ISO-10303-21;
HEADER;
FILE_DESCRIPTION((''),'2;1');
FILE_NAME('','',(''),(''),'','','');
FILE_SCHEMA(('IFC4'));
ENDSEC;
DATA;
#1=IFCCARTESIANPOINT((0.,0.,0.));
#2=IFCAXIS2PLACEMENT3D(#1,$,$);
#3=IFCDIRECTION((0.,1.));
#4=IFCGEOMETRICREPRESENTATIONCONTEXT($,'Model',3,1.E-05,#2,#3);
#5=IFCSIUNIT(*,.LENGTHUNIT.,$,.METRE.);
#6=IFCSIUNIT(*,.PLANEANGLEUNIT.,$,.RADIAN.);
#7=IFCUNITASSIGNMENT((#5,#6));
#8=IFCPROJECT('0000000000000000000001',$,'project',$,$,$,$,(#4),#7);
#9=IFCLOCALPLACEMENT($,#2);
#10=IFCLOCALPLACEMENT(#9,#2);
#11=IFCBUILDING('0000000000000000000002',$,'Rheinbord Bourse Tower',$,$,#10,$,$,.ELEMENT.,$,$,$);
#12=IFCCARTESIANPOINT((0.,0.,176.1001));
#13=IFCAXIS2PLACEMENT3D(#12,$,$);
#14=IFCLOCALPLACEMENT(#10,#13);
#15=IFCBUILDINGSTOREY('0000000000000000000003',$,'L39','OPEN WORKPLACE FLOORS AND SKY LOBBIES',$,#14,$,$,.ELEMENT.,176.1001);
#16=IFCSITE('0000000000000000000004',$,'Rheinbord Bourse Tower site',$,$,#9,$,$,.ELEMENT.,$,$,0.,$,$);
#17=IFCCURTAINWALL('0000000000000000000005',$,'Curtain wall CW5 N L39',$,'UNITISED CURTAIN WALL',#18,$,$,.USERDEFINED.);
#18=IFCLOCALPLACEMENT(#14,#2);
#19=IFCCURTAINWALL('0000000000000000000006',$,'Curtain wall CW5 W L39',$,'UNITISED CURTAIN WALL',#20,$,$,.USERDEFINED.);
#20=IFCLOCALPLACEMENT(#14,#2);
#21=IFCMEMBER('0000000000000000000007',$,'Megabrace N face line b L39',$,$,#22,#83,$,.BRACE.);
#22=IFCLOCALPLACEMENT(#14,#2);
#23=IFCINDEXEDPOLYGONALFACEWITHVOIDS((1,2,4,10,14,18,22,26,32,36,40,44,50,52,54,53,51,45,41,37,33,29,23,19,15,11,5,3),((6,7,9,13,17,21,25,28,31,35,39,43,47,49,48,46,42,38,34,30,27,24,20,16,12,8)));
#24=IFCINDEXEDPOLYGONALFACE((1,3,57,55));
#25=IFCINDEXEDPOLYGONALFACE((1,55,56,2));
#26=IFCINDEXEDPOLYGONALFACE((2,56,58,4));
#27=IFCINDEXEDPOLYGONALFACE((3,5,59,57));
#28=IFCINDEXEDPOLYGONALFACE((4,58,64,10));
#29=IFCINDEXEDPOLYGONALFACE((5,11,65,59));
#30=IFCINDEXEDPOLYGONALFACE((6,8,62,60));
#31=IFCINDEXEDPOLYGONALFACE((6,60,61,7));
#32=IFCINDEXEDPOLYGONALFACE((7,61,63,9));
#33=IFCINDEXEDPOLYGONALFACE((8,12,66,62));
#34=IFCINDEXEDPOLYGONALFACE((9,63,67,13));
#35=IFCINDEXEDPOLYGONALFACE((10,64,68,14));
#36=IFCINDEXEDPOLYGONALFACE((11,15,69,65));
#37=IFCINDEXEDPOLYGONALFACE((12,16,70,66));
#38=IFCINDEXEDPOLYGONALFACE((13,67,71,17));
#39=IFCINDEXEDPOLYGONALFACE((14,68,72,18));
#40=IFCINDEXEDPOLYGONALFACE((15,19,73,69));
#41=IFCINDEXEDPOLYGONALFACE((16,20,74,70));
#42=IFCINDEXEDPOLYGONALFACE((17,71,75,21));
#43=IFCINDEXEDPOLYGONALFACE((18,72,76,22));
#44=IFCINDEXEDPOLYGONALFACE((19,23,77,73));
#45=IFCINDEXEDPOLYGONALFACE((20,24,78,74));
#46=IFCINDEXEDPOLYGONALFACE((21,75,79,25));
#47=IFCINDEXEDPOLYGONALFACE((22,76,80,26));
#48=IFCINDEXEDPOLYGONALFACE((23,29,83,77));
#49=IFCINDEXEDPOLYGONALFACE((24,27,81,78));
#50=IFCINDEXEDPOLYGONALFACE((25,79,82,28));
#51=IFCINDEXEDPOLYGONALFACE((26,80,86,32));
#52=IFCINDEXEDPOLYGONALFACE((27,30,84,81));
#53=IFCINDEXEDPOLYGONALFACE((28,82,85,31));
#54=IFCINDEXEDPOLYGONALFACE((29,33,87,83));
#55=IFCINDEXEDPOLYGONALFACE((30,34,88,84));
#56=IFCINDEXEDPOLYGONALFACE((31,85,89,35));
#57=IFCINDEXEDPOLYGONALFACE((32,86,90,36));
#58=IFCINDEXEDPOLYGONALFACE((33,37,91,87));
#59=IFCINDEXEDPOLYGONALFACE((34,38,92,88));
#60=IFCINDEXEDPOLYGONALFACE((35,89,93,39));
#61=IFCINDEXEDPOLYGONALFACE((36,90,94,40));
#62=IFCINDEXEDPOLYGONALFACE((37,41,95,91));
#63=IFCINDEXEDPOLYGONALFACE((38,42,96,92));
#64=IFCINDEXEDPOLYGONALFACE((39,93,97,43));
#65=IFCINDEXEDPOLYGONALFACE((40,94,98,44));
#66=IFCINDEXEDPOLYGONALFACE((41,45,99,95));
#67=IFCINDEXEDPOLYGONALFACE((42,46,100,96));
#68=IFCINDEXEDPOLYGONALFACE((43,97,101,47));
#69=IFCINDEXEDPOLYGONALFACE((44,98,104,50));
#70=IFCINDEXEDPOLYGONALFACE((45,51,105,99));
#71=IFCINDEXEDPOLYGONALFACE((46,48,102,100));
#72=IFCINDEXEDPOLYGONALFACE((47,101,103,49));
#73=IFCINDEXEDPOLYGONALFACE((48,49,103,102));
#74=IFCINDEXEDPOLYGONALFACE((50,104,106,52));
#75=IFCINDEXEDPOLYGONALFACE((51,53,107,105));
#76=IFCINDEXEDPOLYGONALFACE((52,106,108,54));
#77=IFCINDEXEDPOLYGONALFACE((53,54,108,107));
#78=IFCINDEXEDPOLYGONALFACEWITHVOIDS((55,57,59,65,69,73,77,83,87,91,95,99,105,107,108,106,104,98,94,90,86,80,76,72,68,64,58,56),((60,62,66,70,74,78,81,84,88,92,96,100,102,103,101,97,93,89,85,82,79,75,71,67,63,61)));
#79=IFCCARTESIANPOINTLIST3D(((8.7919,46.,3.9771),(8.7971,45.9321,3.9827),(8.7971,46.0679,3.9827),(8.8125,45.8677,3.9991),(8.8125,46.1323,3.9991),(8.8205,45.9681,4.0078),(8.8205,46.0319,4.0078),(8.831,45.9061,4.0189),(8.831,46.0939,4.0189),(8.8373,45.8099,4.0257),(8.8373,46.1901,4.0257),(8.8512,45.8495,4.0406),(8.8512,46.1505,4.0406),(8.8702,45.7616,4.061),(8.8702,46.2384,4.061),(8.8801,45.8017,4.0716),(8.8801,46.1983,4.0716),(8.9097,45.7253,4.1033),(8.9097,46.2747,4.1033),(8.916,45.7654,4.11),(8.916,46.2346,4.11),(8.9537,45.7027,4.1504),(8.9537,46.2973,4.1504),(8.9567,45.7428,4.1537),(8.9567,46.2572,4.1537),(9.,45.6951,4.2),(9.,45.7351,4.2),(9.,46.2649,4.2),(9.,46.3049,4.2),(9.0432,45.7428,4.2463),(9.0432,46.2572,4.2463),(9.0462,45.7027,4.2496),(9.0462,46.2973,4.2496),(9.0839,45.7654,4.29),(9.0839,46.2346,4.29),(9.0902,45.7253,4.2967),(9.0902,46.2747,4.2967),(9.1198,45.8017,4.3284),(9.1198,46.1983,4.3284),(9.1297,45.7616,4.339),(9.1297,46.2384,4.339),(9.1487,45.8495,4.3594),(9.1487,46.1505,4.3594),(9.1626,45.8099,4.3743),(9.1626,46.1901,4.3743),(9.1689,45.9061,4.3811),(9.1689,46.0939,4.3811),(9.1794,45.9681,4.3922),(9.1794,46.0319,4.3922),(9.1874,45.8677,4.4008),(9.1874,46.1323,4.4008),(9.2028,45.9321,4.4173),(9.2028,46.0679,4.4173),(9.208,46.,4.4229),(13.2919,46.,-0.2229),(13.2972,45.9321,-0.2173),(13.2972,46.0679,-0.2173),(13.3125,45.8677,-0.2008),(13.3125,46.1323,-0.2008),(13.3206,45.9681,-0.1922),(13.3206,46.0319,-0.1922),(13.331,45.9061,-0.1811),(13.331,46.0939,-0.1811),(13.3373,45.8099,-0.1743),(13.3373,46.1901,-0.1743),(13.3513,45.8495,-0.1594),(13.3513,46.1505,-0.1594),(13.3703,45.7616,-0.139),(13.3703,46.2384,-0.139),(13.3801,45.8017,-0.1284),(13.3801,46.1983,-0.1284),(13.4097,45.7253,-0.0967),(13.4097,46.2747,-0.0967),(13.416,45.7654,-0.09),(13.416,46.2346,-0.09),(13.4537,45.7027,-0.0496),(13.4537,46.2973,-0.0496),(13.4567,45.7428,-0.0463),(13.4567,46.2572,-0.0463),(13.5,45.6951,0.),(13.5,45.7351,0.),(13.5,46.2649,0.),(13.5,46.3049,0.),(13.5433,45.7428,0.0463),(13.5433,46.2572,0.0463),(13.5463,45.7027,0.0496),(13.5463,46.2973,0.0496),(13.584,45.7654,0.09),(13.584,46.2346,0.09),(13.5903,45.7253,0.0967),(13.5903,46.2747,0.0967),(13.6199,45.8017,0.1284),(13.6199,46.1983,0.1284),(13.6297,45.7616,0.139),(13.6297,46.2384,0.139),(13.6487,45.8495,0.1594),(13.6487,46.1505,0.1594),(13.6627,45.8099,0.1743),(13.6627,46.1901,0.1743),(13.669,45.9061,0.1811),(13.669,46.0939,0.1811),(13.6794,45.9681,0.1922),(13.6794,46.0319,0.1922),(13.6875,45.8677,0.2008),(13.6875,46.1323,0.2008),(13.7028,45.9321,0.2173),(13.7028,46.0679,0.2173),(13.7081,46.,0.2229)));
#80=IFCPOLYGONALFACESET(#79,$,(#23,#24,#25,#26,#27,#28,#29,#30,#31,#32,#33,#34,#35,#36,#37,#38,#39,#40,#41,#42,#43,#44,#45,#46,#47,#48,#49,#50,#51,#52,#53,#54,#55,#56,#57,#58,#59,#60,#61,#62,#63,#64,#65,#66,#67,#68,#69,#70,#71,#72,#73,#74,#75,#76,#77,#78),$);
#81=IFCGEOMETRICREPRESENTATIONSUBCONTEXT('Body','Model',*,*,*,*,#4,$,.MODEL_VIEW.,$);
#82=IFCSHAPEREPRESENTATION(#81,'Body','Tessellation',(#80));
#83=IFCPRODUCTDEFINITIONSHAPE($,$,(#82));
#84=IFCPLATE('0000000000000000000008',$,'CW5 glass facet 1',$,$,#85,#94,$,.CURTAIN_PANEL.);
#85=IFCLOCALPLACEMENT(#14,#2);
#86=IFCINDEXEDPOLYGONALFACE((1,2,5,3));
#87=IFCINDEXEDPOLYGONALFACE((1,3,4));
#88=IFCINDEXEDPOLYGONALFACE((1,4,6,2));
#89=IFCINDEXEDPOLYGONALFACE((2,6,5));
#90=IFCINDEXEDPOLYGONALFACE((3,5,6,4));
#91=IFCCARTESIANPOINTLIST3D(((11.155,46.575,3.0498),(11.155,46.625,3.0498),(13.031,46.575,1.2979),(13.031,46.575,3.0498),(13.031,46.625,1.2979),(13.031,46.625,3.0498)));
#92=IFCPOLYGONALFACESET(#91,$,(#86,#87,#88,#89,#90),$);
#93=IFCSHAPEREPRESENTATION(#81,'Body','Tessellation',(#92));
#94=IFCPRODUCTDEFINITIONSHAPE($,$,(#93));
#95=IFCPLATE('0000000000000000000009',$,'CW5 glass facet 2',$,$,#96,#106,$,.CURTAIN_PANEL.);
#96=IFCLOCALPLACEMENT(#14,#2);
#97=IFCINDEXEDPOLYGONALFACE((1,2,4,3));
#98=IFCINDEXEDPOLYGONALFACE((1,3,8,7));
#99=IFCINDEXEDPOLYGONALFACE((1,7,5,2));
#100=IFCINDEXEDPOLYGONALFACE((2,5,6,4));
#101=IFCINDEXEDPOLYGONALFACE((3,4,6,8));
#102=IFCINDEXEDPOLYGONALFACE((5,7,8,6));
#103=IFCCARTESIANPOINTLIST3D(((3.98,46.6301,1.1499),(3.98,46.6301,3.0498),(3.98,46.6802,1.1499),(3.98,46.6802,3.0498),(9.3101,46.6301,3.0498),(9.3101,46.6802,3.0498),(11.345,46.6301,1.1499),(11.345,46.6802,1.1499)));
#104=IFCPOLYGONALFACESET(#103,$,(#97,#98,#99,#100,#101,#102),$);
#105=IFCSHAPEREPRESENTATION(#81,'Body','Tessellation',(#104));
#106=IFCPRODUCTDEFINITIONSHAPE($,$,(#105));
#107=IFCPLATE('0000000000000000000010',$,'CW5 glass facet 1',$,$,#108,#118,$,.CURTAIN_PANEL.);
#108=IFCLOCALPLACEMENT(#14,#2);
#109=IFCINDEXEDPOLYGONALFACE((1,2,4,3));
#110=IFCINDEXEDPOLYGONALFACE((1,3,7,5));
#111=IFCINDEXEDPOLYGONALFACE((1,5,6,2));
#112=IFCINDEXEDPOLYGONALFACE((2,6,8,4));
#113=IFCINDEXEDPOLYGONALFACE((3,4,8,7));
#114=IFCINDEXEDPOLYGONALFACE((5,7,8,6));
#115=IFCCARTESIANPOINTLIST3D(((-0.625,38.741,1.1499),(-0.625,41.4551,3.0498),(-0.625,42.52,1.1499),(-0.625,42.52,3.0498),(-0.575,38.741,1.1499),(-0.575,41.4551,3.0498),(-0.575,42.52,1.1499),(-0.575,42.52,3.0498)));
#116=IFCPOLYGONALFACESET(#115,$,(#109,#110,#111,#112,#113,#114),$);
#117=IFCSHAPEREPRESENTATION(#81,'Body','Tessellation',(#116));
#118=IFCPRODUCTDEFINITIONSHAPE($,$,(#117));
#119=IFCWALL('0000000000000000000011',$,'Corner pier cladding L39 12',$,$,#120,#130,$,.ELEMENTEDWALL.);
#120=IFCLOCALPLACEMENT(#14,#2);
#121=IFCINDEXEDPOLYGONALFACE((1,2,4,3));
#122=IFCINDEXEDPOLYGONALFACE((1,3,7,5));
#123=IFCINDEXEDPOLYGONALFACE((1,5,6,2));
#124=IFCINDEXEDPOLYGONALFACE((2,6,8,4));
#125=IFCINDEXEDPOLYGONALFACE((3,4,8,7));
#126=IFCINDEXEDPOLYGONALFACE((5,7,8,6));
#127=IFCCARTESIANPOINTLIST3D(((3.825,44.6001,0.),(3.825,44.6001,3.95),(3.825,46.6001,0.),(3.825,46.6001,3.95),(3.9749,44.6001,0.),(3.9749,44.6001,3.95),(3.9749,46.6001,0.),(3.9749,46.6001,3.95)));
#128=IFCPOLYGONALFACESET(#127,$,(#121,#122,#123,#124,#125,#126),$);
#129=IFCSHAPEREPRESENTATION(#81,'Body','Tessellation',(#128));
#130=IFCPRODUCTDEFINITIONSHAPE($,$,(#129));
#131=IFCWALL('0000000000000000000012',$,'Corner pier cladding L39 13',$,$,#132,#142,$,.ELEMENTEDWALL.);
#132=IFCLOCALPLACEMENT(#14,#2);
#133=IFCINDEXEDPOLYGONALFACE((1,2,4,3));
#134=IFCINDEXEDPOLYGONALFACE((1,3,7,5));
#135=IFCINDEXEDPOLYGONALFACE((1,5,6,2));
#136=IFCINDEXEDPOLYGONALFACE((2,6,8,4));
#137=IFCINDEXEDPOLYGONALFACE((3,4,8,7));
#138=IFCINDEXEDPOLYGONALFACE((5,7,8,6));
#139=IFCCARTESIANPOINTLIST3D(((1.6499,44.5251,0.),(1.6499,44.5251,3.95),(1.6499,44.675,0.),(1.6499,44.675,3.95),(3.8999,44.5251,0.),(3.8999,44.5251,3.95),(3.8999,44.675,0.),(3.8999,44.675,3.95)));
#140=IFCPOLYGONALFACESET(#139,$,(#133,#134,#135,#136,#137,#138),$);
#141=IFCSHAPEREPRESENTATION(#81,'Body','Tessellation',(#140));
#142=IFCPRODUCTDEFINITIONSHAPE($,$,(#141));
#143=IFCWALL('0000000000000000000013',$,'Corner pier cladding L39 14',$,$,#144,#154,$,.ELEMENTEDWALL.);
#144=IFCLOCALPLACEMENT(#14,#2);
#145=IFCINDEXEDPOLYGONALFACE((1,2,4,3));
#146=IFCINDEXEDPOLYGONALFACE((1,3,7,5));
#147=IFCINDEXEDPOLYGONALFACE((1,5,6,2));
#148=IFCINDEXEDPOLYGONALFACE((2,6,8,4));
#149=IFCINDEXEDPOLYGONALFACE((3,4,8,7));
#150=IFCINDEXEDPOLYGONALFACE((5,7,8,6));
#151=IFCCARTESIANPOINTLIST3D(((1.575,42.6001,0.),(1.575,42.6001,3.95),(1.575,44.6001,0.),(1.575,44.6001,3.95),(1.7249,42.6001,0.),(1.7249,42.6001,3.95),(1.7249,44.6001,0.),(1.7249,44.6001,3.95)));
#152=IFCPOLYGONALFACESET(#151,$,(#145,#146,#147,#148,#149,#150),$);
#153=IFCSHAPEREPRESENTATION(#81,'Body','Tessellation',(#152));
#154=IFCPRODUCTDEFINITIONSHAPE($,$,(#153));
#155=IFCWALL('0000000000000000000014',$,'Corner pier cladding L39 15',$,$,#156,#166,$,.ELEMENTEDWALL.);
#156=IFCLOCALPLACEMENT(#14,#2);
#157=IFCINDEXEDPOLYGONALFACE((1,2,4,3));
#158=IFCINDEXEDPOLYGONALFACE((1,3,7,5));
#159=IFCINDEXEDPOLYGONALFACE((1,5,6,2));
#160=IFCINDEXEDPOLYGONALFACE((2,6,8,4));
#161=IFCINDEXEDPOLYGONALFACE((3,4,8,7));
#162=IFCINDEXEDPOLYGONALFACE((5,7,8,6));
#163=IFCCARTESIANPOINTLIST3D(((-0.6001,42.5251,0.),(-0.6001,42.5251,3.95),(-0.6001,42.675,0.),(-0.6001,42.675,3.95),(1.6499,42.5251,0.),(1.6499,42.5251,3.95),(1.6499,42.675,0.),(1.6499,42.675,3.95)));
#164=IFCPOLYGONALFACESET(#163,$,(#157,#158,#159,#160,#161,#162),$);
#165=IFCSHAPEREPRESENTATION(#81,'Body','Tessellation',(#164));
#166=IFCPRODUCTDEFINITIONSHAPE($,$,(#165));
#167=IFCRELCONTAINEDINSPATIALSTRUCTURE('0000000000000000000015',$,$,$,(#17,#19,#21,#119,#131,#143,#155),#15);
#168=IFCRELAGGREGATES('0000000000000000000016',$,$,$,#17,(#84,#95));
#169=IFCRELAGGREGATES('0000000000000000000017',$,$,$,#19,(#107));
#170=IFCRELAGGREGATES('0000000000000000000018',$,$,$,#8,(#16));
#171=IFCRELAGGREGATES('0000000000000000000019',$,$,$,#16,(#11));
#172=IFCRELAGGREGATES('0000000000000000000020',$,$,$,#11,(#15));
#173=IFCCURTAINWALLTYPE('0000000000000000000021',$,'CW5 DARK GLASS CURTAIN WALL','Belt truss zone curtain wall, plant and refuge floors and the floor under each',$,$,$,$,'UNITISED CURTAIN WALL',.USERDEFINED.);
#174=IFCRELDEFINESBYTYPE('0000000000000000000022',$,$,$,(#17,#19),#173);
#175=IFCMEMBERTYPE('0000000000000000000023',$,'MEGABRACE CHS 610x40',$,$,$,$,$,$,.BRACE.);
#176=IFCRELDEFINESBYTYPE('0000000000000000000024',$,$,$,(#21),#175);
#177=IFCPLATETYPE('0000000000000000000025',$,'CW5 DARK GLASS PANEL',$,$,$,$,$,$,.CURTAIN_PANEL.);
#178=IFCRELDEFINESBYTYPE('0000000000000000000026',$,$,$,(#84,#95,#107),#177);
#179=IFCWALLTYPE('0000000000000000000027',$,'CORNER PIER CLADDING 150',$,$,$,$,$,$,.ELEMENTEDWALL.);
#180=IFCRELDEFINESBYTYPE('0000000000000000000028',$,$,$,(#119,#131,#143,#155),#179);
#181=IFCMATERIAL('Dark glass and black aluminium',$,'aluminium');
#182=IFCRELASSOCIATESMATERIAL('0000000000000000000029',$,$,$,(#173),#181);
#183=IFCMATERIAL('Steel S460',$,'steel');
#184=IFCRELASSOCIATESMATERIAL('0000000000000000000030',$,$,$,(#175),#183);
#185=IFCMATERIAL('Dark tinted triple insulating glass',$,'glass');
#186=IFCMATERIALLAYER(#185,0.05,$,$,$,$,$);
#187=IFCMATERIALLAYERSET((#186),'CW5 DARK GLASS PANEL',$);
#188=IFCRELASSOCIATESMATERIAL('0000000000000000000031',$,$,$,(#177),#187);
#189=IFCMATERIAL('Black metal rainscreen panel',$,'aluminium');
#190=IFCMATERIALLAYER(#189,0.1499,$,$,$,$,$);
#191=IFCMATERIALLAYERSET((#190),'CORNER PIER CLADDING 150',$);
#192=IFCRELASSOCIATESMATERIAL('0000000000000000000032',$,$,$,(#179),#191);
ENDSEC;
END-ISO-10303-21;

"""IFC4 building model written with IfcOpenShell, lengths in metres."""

from ifc_helpers import new_model, si_unit, direction, frame, frame_2d, origin, origin_2d, place, context, subcontext, project, spatial, polyline, rectangle, hollow_circle, outline, extrude, material, layer, layer_set, material_profile, profile_set, type_object, element, aggregate, save


model = new_model("IFC4")

# Units and contexts
model_context = context("Model", 3, precision=1e-05, world=origin(), true_north=direction((0.0, 1.0)))
body_context = subcontext(model_context, "Body", "Model", "MODEL_VIEW")
ifc_project = project(units=[si_unit("LENGTHUNIT", "METRE"), si_unit("PLANEANGLEUNIT", "RADIAN")], contexts=[model_context])

# Site, building, storey
site_placement = place(None, origin())
site = spatial("IfcSite", under=ifc_project, at=site_placement, Name="Rheinbord Bourse Tower site", CompositionType="ELEMENT", RefElevation=0.0)
building_placement = place(site_placement, origin())
building = spatial("IfcBuilding", under=site, at=building_placement, Name="Rheinbord Bourse Tower", CompositionType="ELEMENT")
storey_placement = place(building_placement, frame((0.0, 0.0, 176.1001)))
storey = spatial("IfcBuildingStorey", under=building, at=storey_placement, Name="L39", Description="OPEN WORKPLACE FLOORS AND SKY LOBBIES", CompositionType="ELEMENT", Elevation=176.1001)

# Curtain wall
ifc_material_1 = material(Name="Dark glass and black aluminium", Category="aluminium")
curtain_wall_type = type_object("IfcCurtainWallType", Name="CW5 DARK GLASS CURTAIN WALL", Description="Belt truss zone curtain wall, plant and refuge floors and the floor under each", ElementType="UNITISED CURTAIN WALL", PredefinedType="USERDEFINED", material=ifc_material_1)
curtain_wall_1_placement = place(storey_placement, origin())
curtain_wall_1 = element("IfcCurtainWall", 1, at=curtain_wall_1_placement, inside=storey, type_object=curtain_wall_type, Name="Curtain wall CW5 N L39", ObjectType="UNITISED CURTAIN WALL", PredefinedType="USERDEFINED")

# Curtain wall
curtain_wall_2_placement = place(storey_placement, origin())
curtain_wall_2 = element("IfcCurtainWall", 2, at=curtain_wall_2_placement, inside=storey, type_object=curtain_wall_type, Name="Curtain wall CW5 W L39", ObjectType="UNITISED CURTAIN WALL", PredefinedType="USERDEFINED")

# Member
ifc_material_2 = material(Name="Steel S460", Category="steel")
ifc_material_profile_1 = material_profile(ifc_material_2, hollow_circle(Radius=0.3049, WallThickness=0.04, at=origin_2d()), Name="CHS 610x40")
ifc_profile_set_1 = profile_set([ifc_material_profile_1], Name="Steel S460")
member_type_1 = type_object("IfcMemberType", Name="MEGABRACE CHS 610x40", PredefinedType="BRACE", material=ifc_profile_set_1)
member_1_placement = place(storey_placement, frame((13.5, 46.0, 0.0), z_axis=(-0.731059, 0.0, 0.682314), x_axis=(0.0, -1.0, 0.0)))
element("IfcMember", 3, at=member_1_placement, inside=storey, type_object=member_type_1, Name="Megabrace N face line b L39", PredefinedType="BRACE", context=body_context, shape_type="SweptSolid", body=[
    extrude(hollow_circle(Radius=0.3049, WallThickness=0.04, at=origin_2d()), origin(), (0.0, 0.0, 1.0), 6.1555),
])

# Plates
ifc_material_3 = material(Name="Dark tinted triple insulating glass", Category="glass")
ifc_layer_1 = layer(ifc_material_3, 0.05)
ifc_layer_set_1 = layer_set([ifc_layer_1], Name="CW5 DARK GLASS PANEL")
plate_type = type_object("IfcPlateType", Name="CW5 DARK GLASS PANEL", PredefinedType="CURTAIN_PANEL", material=ifc_layer_set_1)
plate_1_placement = place(storey_placement, frame((13.031, 46.625, 3.0498), z_axis=(0.0, -1.0, 0.0), x_axis=(-1.0, 0.0, 0.0)))
plate_1 = element("IfcPlate", 4, at=plate_1_placement, type_object=plate_type, Name="CW5 glass facet 1", PredefinedType="CURTAIN_PANEL", context=body_context, shape_type="SweptSolid", body=[
    extrude(outline(polyline([(0.0, 0.0), (1.876, 0.0), (0.0, 1.752), (0.0, 0.0)])), origin(), (0.0, 0.0, 1.0), 0.05),
])
plate_2_placement = place(storey_placement, frame((3.98, 46.6802, 3.0498), z_axis=(0.0, -1.0, 0.0), x_axis=(0.0, 0.0, -1.0)))
plate_2 = element("IfcPlate", 5, at=plate_2_placement, type_object=plate_type, Name="CW5 glass facet 2", PredefinedType="CURTAIN_PANEL", context=body_context, shape_type="SweptSolid", body=[
    extrude(outline(polyline([(0.0, 0.0), (1.8999, 0.0), (1.8999, 7.365), (0.0, 5.3301), (0.0, 0.0)])), origin(), (0.0, 0.0, 1.0), 0.05),
])
aggregate(curtain_wall_1, [plate_1, plate_2])
plate_3_placement = place(storey_placement, frame((-0.625, 42.52, 1.1499), z_axis=(1.0, 0.0, 0.0), x_axis=(0.0, 0.0, 1.0)))
plate_3 = element("IfcPlate", 6, at=plate_3_placement, type_object=plate_type, Name="CW5 glass facet 1", PredefinedType="CURTAIN_PANEL", context=body_context, shape_type="SweptSolid", body=[
    extrude(outline(polyline([(0.0, 0.0), (1.8999, 0.0), (1.8999, 1.0649), (0.0, 3.7791), (0.0, 0.0)])), origin(), (0.0, 0.0, 1.0), 0.05),
])
aggregate(curtain_wall_2, [plate_3])

# Walls
ifc_material_4 = material(Name="Black metal rainscreen panel", Category="aluminium")
ifc_layer_2 = layer(ifc_material_4, 0.1499)
ifc_layer_set_2 = layer_set([ifc_layer_2], Name="CORNER PIER CLADDING 150")
wall_type = type_object("IfcWallType", Name="CORNER PIER CLADDING 150", PredefinedType="ELEMENTEDWALL", material=ifc_layer_set_2)
wall_1_placement = place(storey_placement, frame((3.8999, 46.6001, 0.0), z_axis=(0.0, 0.0, 1.0), x_axis=(0.0, -1.0, 0.0)))
element("IfcWall", 7, at=wall_1_placement, inside=storey, type_object=wall_type, Name="Corner pier cladding L39 12", PredefinedType="ELEMENTEDWALL", context=body_context, shape_type="SweptSolid", body=[
    extrude(rectangle(XDim=2.0, YDim=0.1499, at=frame_2d((1.0, 0.0))), origin(), (0.0, 0.0, 1.0), 3.95),
])
wall_2_placement = place(storey_placement, frame((3.8999, 44.6001, 0.0), z_axis=(0.0, 0.0, 1.0), x_axis=(-1.0, 0.0, 0.0)))
element("IfcWall", 8, at=wall_2_placement, inside=storey, type_object=wall_type, Name="Corner pier cladding L39 13", PredefinedType="ELEMENTEDWALL", context=body_context, shape_type="SweptSolid", body=[
    extrude(rectangle(XDim=2.25, YDim=0.1499, at=frame_2d((1.125, 0.0))), origin(), (0.0, 0.0, 1.0), 3.95),
])
wall_3_placement = place(storey_placement, frame((1.6499, 44.6001, 0.0), z_axis=(0.0, 0.0, 1.0), x_axis=(0.0, -1.0, 0.0)))
element("IfcWall", 9, at=wall_3_placement, inside=storey, type_object=wall_type, Name="Corner pier cladding L39 14", PredefinedType="ELEMENTEDWALL", context=body_context, shape_type="SweptSolid", body=[
    extrude(rectangle(XDim=2.0, YDim=0.1499, at=frame_2d((1.0, 0.0))), origin(), (0.0, 0.0, 1.0), 3.95),
])
wall_4_placement = place(storey_placement, frame((1.6499, 42.6001, 0.0), z_axis=(0.0, 0.0, 1.0), x_axis=(-1.0, 0.0, 0.0)))
element("IfcWall", 10, at=wall_4_placement, inside=storey, type_object=wall_type, Name="Corner pier cladding L39 15", PredefinedType="ELEMENTEDWALL", context=body_context, shape_type="SweptSolid", body=[
    extrude(rectangle(XDim=2.25, YDim=0.1499, at=frame_2d((1.125, 0.0))), origin(), (0.0, 0.0, 1.0), 3.95),
])

save(model, "model.ifc")
